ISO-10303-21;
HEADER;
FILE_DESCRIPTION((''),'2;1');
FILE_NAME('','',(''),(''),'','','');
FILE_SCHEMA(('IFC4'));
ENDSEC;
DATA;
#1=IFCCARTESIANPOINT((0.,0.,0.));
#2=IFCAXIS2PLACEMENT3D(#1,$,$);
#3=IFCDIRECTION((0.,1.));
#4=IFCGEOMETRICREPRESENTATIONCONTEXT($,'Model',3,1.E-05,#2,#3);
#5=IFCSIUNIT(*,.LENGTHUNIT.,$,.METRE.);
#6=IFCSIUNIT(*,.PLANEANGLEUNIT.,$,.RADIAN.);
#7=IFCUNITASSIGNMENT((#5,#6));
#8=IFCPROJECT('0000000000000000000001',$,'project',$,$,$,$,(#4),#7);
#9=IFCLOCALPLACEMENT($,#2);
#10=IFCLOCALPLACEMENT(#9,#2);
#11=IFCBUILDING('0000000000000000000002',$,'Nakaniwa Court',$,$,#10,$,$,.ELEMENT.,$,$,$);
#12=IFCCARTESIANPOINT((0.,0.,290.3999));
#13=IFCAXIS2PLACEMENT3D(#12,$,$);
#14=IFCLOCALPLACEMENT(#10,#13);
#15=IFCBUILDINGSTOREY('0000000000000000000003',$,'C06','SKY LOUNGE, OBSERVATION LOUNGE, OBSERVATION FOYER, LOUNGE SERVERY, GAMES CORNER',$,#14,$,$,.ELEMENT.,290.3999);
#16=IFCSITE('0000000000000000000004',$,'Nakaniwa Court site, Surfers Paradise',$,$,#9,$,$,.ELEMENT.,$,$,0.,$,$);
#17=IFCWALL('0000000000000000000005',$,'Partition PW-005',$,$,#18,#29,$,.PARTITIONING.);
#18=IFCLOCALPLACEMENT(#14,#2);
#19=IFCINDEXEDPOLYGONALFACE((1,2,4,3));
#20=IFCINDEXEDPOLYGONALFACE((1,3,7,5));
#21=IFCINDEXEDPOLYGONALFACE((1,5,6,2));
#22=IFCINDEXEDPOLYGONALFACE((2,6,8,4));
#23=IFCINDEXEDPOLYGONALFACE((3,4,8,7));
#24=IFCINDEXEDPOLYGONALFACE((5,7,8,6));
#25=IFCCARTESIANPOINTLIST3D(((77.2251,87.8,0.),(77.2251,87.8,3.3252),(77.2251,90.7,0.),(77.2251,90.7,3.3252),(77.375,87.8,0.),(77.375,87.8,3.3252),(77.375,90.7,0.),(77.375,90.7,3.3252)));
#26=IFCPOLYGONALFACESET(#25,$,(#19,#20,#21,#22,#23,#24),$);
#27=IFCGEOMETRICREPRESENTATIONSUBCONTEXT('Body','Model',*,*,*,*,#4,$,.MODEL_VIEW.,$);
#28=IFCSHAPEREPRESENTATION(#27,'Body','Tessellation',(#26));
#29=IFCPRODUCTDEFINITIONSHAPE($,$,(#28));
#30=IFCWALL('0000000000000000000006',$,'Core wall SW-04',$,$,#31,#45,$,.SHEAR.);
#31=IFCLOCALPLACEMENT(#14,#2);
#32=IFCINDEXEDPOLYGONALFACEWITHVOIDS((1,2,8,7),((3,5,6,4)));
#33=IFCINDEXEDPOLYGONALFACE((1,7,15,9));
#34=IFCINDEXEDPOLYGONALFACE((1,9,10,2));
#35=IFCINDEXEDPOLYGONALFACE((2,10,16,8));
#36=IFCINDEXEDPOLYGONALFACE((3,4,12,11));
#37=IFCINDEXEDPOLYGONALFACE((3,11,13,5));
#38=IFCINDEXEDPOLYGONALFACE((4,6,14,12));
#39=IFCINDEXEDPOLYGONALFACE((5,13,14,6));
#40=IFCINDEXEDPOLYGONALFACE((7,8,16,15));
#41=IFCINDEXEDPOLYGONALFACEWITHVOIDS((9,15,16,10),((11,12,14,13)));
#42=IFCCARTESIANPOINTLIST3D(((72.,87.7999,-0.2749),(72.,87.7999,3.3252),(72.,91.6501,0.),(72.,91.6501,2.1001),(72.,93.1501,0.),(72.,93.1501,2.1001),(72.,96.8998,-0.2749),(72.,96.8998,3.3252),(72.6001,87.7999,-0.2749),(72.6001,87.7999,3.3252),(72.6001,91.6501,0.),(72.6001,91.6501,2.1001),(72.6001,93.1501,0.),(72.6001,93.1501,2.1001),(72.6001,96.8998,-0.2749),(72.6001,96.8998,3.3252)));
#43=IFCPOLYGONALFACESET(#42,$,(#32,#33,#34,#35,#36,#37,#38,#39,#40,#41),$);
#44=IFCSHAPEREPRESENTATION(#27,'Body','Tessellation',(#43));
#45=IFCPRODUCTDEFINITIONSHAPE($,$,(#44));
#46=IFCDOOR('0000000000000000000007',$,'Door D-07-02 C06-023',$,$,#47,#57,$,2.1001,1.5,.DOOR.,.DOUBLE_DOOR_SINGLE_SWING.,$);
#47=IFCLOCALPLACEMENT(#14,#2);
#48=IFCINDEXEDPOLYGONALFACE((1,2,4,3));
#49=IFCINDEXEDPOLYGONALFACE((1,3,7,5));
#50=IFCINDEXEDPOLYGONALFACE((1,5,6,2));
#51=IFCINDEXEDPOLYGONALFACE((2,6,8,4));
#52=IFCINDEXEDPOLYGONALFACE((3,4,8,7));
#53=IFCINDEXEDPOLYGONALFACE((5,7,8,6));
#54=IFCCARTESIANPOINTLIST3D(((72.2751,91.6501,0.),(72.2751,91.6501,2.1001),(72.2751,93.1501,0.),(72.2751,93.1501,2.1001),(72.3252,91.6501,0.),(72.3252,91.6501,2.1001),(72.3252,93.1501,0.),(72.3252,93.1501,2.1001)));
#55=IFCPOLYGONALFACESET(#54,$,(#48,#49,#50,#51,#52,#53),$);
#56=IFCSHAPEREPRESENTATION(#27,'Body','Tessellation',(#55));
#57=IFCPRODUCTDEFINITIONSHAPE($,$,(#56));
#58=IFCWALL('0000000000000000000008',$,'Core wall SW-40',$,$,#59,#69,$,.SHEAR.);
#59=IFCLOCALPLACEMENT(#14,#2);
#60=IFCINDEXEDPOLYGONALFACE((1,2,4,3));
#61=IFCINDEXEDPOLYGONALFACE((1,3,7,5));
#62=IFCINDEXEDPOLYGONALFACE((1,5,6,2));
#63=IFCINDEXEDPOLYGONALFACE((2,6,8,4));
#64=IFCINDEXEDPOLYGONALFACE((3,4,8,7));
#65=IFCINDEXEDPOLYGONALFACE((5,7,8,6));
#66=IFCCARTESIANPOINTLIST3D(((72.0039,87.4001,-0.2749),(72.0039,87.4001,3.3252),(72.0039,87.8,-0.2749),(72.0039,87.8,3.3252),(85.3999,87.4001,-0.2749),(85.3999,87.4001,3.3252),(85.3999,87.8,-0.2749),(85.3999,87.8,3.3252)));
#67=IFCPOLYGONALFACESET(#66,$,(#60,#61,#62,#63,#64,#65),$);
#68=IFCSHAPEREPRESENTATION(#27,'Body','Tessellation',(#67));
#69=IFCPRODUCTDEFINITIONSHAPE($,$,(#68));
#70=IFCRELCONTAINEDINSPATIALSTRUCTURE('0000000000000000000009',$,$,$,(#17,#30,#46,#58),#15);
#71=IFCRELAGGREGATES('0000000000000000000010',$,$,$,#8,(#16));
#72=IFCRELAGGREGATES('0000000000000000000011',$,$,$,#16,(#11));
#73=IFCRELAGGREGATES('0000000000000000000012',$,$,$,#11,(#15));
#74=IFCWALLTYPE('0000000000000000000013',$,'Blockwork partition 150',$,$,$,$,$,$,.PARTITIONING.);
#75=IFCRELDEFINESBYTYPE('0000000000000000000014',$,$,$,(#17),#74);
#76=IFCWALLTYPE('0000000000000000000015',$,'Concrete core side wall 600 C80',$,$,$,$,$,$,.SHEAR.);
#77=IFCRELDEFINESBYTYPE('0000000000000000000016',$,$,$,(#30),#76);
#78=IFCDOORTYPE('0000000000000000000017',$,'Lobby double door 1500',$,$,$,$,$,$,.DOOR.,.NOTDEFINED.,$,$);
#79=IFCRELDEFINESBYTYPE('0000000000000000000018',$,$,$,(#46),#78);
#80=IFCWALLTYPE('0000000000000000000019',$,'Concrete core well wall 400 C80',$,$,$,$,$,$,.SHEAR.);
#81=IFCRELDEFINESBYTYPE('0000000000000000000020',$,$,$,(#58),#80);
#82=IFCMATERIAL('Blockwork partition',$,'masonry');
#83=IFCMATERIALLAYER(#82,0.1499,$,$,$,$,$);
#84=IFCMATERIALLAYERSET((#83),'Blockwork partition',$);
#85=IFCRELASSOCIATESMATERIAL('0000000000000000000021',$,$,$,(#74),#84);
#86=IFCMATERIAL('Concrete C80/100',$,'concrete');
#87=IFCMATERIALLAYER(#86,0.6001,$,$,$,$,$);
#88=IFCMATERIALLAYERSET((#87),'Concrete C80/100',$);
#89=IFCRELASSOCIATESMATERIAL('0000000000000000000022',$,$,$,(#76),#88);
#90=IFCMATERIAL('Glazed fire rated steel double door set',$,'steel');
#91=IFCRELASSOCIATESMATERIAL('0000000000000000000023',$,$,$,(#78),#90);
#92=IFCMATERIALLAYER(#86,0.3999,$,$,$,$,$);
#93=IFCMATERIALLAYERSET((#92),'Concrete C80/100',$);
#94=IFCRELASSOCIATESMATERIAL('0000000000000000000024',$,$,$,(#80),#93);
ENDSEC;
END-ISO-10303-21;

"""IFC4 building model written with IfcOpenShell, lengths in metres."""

from ifc_helpers import new_model, si_unit, direction, frame, frame_2d, origin, place, context, subcontext, project, spatial, rectangle, extrude, material, layer, layer_set, type_object, element, fill, save


model = new_model("IFC4")

# Units and contexts
model_context = context("Model", 3, precision=1e-05, world=origin(), true_north=direction((0.0, 1.0)))
body_context = subcontext(model_context, "Body", "Model", "MODEL_VIEW")
ifc_project = project(units=[si_unit("LENGTHUNIT", "METRE"), si_unit("PLANEANGLEUNIT", "RADIAN")], contexts=[model_context])

# Site, building, storey
site_placement = place(None, origin())
site = spatial("IfcSite", under=ifc_project, at=site_placement, Name="Nakaniwa Court site, Surfers Paradise", CompositionType="ELEMENT", RefElevation=0.0)
building_placement = place(site_placement, origin())
building = spatial("IfcBuilding", under=site, at=building_placement, Name="Nakaniwa Court", CompositionType="ELEMENT")
storey_placement = place(building_placement, frame((0.0, 0.0, 290.3999)))
storey = spatial("IfcBuildingStorey", under=building, at=storey_placement, Name="C06", Description="SKY LOUNGE, OBSERVATION LOUNGE, OBSERVATION FOYER, LOUNGE SERVERY, GAMES CORNER", CompositionType="ELEMENT", Elevation=290.3999)

# Shared definitions
ifc_material_1 = material(Name="Concrete C80/100", Category="concrete")

# Wall
ifc_material_2 = material(Name="Blockwork partition", Category="masonry")
ifc_layer_1 = layer(ifc_material_2, 0.1499)
ifc_layer_set_1 = layer_set([ifc_layer_1], Name="Blockwork partition")
wall_type_1 = type_object("IfcWallType", Name="Blockwork partition 150", PredefinedType="PARTITIONING", material=ifc_layer_set_1)
wall_1_placement = place(storey_placement, frame((77.3, 87.8, 0.0), z_axis=(0.0, 0.0, 1.0), x_axis=(0.0, 1.0, 0.0)))
element("IfcWall", 1, at=wall_1_placement, inside=storey, type_object=wall_type_1, Name="Partition PW-005", PredefinedType="PARTITIONING", context=body_context, shape_type="SweptSolid", body=[
    extrude(rectangle(XDim=2.8999, YDim=0.1499, at=frame_2d((1.45, 0.0))), origin(), (0.0, 0.0, 1.0), 3.3252),
])

# Wall, opening, door
ifc_layer_2 = layer(ifc_material_1, 0.6001)
ifc_layer_set_2 = layer_set([ifc_layer_2], Name="Concrete C80/100")
wall_type_2 = type_object("IfcWallType", Name="Concrete core side wall 600 C80", PredefinedType="SHEAR", material=ifc_layer_set_2)
wall_2_placement = place(storey_placement, frame((72.3, 87.8, -0.2749), z_axis=(0.0, 0.0, 1.0), x_axis=(0.0, 1.0, 0.0)))
wall_2 = element("IfcWall", 2, at=wall_2_placement, inside=storey, type_object=wall_type_2, Name="Core wall SW-04", PredefinedType="SHEAR", context=body_context, shape_type="SweptSolid", body=[
    extrude(rectangle(XDim=9.0999, YDim=0.6001, at=frame_2d((4.5498, 0.0))), origin(), (0.0, 0.0, 1.0), 3.6001),
])
opening_1_placement = place(wall_2_placement, frame((3.8501, 0.0, 0.2749)))
opening_1 = element("IfcOpeningElement", 3, at=opening_1_placement, cuts=wall_2, PredefinedType="OPENING", context=body_context, shape_type="SweptSolid", body=[
    extrude(rectangle(XDim=1.5, YDim=2.1001, at=frame_2d((0.75, 1.05))), frame((0.0, 0.3101, 0.0), z_axis=(0.0, -1.0, 0.0), x_axis=(1.0, 0.0, 0.0)), (0.0, 0.0, 1.0), 0.6201),
])
ifc_material_3 = material(Name="Glazed fire rated steel double door set", Category="steel")
door_type_1 = type_object("IfcDoorType", Name="Lobby double door 1500", OperationType="NOTDEFINED", PredefinedType="DOOR", material=ifc_material_3)
door_1_placement = place(opening_1_placement, origin())
door_1 = element("IfcDoor", 4, at=door_1_placement, inside=storey, type_object=door_type_1, Name="Door D-07-02 C06-023", OperationType="DOUBLE_DOOR_SINGLE_SWING", OverallHeight=2.1001, OverallWidth=1.5, PredefinedType="DOOR", context=body_context, shape_type="SweptSolid", body=[
    extrude(rectangle(XDim=1.5, YDim=2.1001, at=frame_2d((0.75, 1.05))), frame((0.0, 0.0249, 0.0), z_axis=(0.0, -1.0, 0.0), x_axis=(1.0, 0.0, 0.0)), (0.0, 0.0, 1.0), 0.05),
])
fill(opening_1, door_1)

# Wall
ifc_layer_3 = layer(ifc_material_1, 0.3999)
ifc_layer_set_3 = layer_set([ifc_layer_3], Name="Concrete C80/100")
wall_type_3 = type_object("IfcWallType", Name="Concrete core well wall 400 C80", PredefinedType="SHEAR", material=ifc_layer_set_3)
wall_3_placement = place(storey_placement, frame((72.0039, 87.6001, -0.2749), z_axis=(0.0, 0.0, 1.0), x_axis=(1.0, 0.0, 0.0)))
element("IfcWall", 5, at=wall_3_placement, inside=storey, type_object=wall_type_3, Name="Core wall SW-40", PredefinedType="SHEAR", context=body_context, shape_type="SweptSolid", body=[
    extrude(rectangle(XDim=13.396, YDim=0.3999, at=frame_2d((6.698, 0.0))), origin(), (0.0, 0.0, 1.0), 3.6001),
])

save(model, "model.ifc")
